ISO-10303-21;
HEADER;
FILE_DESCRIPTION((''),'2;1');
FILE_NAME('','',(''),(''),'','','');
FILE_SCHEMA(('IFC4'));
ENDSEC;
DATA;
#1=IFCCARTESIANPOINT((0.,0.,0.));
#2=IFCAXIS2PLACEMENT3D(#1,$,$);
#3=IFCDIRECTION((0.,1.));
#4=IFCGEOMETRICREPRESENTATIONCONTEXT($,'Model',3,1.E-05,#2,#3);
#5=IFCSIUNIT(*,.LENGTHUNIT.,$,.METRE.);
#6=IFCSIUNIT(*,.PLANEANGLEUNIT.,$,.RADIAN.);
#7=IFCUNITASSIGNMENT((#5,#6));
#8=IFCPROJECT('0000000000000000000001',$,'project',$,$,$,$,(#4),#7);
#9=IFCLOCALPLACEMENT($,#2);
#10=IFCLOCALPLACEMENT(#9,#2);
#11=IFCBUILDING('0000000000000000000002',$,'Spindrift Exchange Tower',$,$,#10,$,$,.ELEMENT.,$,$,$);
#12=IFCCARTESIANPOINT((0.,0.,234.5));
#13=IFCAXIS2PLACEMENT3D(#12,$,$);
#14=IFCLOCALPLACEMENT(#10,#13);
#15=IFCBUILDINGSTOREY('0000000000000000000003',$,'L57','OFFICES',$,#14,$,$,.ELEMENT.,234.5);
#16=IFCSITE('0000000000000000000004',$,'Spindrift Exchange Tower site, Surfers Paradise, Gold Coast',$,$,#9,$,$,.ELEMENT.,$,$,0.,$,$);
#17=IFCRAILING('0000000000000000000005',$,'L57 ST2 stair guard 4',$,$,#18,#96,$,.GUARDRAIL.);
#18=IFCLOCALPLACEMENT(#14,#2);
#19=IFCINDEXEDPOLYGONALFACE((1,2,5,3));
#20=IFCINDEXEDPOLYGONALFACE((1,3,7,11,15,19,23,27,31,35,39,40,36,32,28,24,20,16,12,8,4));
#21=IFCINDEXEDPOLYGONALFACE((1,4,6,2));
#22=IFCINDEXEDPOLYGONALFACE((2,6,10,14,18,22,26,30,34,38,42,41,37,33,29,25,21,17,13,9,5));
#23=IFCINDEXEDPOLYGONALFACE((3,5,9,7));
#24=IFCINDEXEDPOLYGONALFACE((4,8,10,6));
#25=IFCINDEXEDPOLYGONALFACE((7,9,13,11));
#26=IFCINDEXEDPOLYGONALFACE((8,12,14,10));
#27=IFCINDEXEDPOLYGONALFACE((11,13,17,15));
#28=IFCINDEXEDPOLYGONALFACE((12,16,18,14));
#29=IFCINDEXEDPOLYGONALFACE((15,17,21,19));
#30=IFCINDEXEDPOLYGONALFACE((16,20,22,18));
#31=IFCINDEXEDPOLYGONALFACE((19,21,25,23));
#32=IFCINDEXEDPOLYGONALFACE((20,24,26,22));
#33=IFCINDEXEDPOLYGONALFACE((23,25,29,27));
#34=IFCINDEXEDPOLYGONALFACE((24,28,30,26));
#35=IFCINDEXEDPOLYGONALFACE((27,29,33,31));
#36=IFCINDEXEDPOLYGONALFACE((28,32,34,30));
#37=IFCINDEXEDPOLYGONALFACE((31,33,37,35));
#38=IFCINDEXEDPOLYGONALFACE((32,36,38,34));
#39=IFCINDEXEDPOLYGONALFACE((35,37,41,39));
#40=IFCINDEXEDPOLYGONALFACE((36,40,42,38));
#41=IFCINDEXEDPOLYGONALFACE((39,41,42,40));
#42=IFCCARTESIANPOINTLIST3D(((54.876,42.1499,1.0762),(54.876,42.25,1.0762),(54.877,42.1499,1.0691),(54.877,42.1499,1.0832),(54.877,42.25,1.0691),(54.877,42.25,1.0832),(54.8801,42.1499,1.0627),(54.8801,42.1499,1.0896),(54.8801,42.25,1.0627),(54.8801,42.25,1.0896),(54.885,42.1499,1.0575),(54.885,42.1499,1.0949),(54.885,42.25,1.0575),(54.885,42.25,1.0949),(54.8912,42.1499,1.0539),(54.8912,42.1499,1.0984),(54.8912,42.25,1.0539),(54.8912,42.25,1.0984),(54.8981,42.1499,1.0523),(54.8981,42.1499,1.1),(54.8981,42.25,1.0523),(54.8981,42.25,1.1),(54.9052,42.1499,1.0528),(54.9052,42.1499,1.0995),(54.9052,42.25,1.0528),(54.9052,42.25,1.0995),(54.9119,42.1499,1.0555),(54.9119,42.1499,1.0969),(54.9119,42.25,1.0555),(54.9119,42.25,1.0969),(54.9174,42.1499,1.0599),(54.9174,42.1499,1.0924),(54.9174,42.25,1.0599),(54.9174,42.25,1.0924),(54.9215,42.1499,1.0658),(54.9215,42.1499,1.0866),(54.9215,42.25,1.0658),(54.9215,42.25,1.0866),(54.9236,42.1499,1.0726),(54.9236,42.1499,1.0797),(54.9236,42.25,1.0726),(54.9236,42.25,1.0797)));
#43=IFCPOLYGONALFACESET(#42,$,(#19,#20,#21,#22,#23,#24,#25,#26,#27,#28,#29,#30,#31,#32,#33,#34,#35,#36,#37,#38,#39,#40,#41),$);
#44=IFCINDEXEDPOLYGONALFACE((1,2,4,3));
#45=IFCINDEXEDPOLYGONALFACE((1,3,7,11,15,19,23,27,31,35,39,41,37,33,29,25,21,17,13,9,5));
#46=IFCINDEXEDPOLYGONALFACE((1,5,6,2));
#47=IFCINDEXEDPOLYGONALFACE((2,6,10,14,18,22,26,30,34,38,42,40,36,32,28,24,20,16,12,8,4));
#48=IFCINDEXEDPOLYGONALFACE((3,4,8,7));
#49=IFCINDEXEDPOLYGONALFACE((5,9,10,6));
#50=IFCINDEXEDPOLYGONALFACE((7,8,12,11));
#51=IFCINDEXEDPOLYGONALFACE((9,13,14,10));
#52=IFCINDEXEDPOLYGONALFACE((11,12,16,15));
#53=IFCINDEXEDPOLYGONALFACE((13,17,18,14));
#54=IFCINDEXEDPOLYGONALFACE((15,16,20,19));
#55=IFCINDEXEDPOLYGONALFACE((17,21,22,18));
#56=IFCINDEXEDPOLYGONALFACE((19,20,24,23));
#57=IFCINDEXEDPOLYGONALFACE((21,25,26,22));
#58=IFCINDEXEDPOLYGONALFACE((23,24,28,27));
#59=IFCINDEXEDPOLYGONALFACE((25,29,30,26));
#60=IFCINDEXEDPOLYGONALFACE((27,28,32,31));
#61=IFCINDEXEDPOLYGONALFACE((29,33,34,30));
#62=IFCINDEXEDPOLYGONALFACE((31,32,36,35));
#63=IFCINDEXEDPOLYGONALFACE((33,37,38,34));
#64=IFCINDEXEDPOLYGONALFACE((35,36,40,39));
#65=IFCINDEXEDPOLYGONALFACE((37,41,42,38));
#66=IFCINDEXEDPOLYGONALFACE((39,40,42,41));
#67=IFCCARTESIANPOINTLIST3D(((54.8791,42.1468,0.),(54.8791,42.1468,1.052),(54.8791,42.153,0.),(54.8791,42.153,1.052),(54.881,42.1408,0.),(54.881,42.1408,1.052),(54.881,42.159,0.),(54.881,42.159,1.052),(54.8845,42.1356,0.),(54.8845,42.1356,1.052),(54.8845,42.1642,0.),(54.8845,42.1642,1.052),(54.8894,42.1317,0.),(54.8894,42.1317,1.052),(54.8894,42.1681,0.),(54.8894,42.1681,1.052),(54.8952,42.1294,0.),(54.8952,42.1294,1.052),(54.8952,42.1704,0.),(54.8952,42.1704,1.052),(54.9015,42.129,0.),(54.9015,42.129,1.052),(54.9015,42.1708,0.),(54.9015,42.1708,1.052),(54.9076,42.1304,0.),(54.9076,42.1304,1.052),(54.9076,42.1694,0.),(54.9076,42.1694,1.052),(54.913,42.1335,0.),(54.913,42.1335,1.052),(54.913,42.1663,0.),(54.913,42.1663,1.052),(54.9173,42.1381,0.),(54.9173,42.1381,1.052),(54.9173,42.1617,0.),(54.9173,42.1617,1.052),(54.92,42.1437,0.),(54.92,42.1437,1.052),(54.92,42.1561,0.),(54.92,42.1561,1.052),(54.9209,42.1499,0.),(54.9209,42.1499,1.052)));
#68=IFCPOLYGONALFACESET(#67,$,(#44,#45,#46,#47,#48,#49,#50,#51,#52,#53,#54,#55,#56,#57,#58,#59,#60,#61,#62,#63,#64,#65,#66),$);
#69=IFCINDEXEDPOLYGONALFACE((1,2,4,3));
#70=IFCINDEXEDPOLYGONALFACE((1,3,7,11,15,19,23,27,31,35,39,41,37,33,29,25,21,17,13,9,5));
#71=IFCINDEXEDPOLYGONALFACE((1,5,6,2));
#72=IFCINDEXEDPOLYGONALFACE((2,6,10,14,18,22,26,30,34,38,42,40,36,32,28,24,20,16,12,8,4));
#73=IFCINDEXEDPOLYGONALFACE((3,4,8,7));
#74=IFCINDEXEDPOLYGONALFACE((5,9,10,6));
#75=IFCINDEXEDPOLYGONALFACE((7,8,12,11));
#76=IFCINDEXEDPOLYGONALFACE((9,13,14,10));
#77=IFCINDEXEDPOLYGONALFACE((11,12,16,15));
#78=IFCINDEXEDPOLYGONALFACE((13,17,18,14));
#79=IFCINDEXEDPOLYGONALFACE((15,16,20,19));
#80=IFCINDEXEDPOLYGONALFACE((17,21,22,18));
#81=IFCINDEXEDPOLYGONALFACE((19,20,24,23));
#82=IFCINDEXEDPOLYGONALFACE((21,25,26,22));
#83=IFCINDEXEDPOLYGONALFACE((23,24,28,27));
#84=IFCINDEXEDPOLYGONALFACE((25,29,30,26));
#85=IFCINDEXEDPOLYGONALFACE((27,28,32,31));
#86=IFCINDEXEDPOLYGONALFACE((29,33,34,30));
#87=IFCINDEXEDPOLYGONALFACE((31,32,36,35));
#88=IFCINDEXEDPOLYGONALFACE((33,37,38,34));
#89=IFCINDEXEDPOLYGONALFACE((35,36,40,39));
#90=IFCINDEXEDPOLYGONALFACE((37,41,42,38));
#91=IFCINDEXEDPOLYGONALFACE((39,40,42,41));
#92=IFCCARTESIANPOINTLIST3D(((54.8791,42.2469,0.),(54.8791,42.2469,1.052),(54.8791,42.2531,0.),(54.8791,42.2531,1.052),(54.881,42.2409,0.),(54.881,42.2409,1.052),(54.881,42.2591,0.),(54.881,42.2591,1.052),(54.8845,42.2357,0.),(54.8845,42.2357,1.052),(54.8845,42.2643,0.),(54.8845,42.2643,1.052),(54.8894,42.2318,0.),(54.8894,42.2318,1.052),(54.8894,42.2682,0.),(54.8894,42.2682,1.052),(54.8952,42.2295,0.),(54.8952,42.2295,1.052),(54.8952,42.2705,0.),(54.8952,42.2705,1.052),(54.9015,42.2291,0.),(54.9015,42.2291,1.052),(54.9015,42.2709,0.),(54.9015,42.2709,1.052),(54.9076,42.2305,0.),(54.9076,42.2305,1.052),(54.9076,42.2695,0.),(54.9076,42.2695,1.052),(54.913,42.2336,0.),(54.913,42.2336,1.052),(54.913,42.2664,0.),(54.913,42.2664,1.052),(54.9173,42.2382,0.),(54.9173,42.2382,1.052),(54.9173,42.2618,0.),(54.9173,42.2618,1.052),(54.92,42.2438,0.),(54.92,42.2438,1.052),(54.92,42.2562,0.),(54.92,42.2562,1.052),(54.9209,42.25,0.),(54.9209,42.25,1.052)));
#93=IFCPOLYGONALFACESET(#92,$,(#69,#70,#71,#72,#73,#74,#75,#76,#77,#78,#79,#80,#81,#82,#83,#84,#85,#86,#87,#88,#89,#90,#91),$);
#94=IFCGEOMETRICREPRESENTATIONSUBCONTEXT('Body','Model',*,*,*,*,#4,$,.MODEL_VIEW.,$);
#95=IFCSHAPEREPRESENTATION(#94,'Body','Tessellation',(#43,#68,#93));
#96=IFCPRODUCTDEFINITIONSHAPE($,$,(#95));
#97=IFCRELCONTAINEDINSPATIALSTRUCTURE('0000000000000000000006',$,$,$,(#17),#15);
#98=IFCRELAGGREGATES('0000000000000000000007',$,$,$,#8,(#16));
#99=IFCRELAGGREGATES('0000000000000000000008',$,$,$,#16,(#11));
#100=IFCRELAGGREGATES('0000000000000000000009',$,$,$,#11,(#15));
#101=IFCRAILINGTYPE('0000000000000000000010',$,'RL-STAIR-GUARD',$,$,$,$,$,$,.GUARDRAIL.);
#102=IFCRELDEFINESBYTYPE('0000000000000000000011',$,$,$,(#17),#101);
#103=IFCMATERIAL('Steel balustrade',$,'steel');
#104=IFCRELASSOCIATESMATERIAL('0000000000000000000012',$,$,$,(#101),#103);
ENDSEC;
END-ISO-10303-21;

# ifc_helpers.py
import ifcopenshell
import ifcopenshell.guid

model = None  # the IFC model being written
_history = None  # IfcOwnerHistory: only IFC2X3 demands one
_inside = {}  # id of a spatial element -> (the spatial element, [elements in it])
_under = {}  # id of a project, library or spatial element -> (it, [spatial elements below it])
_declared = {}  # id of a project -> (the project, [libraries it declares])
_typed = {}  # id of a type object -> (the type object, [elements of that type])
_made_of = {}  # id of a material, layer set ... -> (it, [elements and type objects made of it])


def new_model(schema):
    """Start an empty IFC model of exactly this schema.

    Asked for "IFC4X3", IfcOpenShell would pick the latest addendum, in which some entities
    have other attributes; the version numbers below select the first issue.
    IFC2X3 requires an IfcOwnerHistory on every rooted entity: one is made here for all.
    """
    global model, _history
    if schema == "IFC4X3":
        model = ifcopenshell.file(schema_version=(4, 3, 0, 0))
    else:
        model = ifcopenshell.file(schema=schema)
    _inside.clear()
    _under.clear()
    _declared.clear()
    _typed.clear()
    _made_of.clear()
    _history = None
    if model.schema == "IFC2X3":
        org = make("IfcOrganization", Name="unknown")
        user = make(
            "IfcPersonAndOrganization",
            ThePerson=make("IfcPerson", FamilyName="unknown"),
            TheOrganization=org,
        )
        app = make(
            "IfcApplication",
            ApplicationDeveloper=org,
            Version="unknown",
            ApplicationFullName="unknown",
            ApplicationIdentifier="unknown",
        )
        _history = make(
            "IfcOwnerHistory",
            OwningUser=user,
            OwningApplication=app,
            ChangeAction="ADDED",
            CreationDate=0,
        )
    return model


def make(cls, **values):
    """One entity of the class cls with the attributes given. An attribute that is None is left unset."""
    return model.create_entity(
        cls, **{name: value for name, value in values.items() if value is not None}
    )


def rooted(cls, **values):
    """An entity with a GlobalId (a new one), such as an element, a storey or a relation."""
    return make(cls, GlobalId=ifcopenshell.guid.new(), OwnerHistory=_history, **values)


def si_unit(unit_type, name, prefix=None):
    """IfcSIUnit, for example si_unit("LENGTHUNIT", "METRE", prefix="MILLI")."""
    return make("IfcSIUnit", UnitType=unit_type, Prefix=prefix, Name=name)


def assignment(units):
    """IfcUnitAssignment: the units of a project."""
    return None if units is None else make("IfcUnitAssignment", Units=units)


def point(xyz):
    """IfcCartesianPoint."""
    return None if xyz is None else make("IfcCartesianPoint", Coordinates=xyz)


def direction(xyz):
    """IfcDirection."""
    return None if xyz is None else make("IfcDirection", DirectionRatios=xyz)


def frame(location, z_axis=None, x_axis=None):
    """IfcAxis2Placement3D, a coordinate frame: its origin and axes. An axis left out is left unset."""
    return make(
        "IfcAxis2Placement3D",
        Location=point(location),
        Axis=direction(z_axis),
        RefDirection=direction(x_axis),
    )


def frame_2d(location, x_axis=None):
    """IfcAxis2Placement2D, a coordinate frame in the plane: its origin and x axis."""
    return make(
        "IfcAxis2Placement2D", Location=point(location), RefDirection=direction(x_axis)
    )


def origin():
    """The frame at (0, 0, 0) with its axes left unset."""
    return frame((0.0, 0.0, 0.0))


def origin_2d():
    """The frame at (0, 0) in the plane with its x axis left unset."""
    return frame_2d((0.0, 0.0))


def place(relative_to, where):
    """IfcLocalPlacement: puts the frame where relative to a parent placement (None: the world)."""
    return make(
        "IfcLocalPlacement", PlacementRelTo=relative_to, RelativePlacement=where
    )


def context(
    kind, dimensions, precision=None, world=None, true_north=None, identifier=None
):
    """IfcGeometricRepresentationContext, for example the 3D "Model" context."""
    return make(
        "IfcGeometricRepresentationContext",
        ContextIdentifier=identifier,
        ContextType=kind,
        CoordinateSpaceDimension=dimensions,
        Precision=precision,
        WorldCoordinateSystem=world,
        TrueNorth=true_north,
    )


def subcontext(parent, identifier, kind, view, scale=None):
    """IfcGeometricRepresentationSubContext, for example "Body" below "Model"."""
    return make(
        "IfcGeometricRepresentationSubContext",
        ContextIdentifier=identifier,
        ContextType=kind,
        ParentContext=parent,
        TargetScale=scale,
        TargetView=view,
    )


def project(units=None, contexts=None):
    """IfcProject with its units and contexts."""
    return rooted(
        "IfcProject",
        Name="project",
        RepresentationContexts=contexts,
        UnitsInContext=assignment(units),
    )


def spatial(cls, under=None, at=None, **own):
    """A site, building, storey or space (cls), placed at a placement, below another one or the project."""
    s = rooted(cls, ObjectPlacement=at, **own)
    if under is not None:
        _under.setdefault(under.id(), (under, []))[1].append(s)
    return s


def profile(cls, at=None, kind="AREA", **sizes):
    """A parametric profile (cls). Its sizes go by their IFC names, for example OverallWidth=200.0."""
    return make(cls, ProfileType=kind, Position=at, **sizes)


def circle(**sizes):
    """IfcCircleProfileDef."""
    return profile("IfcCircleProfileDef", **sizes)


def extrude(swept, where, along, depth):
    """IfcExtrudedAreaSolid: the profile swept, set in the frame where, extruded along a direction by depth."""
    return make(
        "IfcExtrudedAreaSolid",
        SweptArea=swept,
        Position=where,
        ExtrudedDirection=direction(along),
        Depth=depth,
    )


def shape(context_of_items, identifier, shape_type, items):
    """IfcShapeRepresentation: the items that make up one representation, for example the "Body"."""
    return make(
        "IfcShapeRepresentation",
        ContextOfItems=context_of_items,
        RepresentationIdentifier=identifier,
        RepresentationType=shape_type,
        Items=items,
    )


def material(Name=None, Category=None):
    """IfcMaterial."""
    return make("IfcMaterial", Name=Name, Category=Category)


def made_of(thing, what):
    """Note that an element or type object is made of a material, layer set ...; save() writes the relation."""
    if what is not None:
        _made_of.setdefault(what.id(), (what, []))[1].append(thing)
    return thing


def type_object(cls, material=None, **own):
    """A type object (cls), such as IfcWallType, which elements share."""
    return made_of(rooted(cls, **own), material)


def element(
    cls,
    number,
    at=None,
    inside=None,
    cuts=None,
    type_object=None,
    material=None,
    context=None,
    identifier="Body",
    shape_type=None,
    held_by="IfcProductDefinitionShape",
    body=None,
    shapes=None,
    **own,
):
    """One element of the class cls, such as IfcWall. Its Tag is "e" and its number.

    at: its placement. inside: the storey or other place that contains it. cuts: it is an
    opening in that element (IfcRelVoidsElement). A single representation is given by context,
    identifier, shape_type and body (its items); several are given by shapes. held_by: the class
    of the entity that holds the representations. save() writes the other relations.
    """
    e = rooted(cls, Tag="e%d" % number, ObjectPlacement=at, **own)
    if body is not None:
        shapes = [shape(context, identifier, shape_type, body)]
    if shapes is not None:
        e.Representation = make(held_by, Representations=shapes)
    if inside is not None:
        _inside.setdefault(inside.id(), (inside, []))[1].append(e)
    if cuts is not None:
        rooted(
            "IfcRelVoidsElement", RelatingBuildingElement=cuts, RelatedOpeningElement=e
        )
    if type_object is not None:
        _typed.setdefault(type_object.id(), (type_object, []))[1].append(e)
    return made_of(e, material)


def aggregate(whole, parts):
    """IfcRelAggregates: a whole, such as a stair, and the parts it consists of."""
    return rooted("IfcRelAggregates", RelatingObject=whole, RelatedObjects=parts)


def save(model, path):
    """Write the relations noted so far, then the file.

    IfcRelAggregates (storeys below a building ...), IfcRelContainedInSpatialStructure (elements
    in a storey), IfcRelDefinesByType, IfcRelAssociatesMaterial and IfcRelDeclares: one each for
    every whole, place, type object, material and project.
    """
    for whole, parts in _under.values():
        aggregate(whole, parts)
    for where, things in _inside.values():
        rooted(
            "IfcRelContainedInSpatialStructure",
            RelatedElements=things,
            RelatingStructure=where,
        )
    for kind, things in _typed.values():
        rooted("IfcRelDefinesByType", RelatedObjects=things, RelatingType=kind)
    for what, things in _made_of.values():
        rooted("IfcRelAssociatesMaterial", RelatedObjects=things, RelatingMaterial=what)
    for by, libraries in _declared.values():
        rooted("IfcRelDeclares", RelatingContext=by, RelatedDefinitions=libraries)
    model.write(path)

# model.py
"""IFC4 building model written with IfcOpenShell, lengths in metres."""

from ifc_helpers import new_model, si_unit, direction, frame, origin, origin_2d, place, context, subcontext, project, spatial, circle, extrude, material, type_object, element, save


model = new_model("IFC4")

# Units and contexts
model_context = context("Model", 3, precision=1e-05, world=origin(), true_north=direction((0.0, 1.0)))
body_context = subcontext(model_context, "Body", "Model", "MODEL_VIEW")
ifc_project = project(units=[si_unit("LENGTHUNIT", "METRE"), si_unit("PLANEANGLEUNIT", "RADIAN")], contexts=[model_context])

# Site, building, storey
site_placement = place(None, origin())
site = spatial("IfcSite", under=ifc_project, at=site_placement, Name="Spindrift Exchange Tower site, Surfers Paradise, Gold Coast", CompositionType="ELEMENT", RefElevation=0.0)
building_placement = place(site_placement, origin())
building = spatial("IfcBuilding", under=site, at=building_placement, Name="Spindrift Exchange Tower", CompositionType="ELEMENT")
storey_placement = place(building_placement, frame((0.0, 0.0, 234.5)))
storey = spatial("IfcBuildingStorey", under=building, at=storey_placement, Name="L57", Description="OFFICES", CompositionType="ELEMENT", Elevation=234.5)

# Railing
ifc_material_1 = material(Name="Steel balustrade", Category="steel")
railing_type_1 = type_object("IfcRailingType", Name="RL-STAIR-GUARD", PredefinedType="GUARDRAIL", material=ifc_material_1)
railing_1_placement = place(storey_placement, frame((54.8999, 42.1499, 0.0)))
element("IfcRailing", 1, at=railing_1_placement, inside=storey, type_object=railing_type_1, Name="L57 ST2 stair guard 4", PredefinedType="GUARDRAIL", context=body_context, shape_type="SweptSolid", body=[
    extrude(circle(Radius=0.0239, at=origin_2d()), frame((0.0, 0.0, 1.0762), z_axis=(0.0, 1.0, 0.0), x_axis=(-1.0, 0.0, 0.0)), (0.0, 0.0, 1.0), 0.1001),
    extrude(circle(Radius=0.021, at=origin_2d()), origin(), (0.0, 0.0, 1.0), 1.052),
    extrude(circle(Radius=0.021, at=origin_2d()), frame((0.0, 0.1001, 0.0)), (0.0, 0.0, 1.0), 1.052),
])

save(model, "model.ifc")
